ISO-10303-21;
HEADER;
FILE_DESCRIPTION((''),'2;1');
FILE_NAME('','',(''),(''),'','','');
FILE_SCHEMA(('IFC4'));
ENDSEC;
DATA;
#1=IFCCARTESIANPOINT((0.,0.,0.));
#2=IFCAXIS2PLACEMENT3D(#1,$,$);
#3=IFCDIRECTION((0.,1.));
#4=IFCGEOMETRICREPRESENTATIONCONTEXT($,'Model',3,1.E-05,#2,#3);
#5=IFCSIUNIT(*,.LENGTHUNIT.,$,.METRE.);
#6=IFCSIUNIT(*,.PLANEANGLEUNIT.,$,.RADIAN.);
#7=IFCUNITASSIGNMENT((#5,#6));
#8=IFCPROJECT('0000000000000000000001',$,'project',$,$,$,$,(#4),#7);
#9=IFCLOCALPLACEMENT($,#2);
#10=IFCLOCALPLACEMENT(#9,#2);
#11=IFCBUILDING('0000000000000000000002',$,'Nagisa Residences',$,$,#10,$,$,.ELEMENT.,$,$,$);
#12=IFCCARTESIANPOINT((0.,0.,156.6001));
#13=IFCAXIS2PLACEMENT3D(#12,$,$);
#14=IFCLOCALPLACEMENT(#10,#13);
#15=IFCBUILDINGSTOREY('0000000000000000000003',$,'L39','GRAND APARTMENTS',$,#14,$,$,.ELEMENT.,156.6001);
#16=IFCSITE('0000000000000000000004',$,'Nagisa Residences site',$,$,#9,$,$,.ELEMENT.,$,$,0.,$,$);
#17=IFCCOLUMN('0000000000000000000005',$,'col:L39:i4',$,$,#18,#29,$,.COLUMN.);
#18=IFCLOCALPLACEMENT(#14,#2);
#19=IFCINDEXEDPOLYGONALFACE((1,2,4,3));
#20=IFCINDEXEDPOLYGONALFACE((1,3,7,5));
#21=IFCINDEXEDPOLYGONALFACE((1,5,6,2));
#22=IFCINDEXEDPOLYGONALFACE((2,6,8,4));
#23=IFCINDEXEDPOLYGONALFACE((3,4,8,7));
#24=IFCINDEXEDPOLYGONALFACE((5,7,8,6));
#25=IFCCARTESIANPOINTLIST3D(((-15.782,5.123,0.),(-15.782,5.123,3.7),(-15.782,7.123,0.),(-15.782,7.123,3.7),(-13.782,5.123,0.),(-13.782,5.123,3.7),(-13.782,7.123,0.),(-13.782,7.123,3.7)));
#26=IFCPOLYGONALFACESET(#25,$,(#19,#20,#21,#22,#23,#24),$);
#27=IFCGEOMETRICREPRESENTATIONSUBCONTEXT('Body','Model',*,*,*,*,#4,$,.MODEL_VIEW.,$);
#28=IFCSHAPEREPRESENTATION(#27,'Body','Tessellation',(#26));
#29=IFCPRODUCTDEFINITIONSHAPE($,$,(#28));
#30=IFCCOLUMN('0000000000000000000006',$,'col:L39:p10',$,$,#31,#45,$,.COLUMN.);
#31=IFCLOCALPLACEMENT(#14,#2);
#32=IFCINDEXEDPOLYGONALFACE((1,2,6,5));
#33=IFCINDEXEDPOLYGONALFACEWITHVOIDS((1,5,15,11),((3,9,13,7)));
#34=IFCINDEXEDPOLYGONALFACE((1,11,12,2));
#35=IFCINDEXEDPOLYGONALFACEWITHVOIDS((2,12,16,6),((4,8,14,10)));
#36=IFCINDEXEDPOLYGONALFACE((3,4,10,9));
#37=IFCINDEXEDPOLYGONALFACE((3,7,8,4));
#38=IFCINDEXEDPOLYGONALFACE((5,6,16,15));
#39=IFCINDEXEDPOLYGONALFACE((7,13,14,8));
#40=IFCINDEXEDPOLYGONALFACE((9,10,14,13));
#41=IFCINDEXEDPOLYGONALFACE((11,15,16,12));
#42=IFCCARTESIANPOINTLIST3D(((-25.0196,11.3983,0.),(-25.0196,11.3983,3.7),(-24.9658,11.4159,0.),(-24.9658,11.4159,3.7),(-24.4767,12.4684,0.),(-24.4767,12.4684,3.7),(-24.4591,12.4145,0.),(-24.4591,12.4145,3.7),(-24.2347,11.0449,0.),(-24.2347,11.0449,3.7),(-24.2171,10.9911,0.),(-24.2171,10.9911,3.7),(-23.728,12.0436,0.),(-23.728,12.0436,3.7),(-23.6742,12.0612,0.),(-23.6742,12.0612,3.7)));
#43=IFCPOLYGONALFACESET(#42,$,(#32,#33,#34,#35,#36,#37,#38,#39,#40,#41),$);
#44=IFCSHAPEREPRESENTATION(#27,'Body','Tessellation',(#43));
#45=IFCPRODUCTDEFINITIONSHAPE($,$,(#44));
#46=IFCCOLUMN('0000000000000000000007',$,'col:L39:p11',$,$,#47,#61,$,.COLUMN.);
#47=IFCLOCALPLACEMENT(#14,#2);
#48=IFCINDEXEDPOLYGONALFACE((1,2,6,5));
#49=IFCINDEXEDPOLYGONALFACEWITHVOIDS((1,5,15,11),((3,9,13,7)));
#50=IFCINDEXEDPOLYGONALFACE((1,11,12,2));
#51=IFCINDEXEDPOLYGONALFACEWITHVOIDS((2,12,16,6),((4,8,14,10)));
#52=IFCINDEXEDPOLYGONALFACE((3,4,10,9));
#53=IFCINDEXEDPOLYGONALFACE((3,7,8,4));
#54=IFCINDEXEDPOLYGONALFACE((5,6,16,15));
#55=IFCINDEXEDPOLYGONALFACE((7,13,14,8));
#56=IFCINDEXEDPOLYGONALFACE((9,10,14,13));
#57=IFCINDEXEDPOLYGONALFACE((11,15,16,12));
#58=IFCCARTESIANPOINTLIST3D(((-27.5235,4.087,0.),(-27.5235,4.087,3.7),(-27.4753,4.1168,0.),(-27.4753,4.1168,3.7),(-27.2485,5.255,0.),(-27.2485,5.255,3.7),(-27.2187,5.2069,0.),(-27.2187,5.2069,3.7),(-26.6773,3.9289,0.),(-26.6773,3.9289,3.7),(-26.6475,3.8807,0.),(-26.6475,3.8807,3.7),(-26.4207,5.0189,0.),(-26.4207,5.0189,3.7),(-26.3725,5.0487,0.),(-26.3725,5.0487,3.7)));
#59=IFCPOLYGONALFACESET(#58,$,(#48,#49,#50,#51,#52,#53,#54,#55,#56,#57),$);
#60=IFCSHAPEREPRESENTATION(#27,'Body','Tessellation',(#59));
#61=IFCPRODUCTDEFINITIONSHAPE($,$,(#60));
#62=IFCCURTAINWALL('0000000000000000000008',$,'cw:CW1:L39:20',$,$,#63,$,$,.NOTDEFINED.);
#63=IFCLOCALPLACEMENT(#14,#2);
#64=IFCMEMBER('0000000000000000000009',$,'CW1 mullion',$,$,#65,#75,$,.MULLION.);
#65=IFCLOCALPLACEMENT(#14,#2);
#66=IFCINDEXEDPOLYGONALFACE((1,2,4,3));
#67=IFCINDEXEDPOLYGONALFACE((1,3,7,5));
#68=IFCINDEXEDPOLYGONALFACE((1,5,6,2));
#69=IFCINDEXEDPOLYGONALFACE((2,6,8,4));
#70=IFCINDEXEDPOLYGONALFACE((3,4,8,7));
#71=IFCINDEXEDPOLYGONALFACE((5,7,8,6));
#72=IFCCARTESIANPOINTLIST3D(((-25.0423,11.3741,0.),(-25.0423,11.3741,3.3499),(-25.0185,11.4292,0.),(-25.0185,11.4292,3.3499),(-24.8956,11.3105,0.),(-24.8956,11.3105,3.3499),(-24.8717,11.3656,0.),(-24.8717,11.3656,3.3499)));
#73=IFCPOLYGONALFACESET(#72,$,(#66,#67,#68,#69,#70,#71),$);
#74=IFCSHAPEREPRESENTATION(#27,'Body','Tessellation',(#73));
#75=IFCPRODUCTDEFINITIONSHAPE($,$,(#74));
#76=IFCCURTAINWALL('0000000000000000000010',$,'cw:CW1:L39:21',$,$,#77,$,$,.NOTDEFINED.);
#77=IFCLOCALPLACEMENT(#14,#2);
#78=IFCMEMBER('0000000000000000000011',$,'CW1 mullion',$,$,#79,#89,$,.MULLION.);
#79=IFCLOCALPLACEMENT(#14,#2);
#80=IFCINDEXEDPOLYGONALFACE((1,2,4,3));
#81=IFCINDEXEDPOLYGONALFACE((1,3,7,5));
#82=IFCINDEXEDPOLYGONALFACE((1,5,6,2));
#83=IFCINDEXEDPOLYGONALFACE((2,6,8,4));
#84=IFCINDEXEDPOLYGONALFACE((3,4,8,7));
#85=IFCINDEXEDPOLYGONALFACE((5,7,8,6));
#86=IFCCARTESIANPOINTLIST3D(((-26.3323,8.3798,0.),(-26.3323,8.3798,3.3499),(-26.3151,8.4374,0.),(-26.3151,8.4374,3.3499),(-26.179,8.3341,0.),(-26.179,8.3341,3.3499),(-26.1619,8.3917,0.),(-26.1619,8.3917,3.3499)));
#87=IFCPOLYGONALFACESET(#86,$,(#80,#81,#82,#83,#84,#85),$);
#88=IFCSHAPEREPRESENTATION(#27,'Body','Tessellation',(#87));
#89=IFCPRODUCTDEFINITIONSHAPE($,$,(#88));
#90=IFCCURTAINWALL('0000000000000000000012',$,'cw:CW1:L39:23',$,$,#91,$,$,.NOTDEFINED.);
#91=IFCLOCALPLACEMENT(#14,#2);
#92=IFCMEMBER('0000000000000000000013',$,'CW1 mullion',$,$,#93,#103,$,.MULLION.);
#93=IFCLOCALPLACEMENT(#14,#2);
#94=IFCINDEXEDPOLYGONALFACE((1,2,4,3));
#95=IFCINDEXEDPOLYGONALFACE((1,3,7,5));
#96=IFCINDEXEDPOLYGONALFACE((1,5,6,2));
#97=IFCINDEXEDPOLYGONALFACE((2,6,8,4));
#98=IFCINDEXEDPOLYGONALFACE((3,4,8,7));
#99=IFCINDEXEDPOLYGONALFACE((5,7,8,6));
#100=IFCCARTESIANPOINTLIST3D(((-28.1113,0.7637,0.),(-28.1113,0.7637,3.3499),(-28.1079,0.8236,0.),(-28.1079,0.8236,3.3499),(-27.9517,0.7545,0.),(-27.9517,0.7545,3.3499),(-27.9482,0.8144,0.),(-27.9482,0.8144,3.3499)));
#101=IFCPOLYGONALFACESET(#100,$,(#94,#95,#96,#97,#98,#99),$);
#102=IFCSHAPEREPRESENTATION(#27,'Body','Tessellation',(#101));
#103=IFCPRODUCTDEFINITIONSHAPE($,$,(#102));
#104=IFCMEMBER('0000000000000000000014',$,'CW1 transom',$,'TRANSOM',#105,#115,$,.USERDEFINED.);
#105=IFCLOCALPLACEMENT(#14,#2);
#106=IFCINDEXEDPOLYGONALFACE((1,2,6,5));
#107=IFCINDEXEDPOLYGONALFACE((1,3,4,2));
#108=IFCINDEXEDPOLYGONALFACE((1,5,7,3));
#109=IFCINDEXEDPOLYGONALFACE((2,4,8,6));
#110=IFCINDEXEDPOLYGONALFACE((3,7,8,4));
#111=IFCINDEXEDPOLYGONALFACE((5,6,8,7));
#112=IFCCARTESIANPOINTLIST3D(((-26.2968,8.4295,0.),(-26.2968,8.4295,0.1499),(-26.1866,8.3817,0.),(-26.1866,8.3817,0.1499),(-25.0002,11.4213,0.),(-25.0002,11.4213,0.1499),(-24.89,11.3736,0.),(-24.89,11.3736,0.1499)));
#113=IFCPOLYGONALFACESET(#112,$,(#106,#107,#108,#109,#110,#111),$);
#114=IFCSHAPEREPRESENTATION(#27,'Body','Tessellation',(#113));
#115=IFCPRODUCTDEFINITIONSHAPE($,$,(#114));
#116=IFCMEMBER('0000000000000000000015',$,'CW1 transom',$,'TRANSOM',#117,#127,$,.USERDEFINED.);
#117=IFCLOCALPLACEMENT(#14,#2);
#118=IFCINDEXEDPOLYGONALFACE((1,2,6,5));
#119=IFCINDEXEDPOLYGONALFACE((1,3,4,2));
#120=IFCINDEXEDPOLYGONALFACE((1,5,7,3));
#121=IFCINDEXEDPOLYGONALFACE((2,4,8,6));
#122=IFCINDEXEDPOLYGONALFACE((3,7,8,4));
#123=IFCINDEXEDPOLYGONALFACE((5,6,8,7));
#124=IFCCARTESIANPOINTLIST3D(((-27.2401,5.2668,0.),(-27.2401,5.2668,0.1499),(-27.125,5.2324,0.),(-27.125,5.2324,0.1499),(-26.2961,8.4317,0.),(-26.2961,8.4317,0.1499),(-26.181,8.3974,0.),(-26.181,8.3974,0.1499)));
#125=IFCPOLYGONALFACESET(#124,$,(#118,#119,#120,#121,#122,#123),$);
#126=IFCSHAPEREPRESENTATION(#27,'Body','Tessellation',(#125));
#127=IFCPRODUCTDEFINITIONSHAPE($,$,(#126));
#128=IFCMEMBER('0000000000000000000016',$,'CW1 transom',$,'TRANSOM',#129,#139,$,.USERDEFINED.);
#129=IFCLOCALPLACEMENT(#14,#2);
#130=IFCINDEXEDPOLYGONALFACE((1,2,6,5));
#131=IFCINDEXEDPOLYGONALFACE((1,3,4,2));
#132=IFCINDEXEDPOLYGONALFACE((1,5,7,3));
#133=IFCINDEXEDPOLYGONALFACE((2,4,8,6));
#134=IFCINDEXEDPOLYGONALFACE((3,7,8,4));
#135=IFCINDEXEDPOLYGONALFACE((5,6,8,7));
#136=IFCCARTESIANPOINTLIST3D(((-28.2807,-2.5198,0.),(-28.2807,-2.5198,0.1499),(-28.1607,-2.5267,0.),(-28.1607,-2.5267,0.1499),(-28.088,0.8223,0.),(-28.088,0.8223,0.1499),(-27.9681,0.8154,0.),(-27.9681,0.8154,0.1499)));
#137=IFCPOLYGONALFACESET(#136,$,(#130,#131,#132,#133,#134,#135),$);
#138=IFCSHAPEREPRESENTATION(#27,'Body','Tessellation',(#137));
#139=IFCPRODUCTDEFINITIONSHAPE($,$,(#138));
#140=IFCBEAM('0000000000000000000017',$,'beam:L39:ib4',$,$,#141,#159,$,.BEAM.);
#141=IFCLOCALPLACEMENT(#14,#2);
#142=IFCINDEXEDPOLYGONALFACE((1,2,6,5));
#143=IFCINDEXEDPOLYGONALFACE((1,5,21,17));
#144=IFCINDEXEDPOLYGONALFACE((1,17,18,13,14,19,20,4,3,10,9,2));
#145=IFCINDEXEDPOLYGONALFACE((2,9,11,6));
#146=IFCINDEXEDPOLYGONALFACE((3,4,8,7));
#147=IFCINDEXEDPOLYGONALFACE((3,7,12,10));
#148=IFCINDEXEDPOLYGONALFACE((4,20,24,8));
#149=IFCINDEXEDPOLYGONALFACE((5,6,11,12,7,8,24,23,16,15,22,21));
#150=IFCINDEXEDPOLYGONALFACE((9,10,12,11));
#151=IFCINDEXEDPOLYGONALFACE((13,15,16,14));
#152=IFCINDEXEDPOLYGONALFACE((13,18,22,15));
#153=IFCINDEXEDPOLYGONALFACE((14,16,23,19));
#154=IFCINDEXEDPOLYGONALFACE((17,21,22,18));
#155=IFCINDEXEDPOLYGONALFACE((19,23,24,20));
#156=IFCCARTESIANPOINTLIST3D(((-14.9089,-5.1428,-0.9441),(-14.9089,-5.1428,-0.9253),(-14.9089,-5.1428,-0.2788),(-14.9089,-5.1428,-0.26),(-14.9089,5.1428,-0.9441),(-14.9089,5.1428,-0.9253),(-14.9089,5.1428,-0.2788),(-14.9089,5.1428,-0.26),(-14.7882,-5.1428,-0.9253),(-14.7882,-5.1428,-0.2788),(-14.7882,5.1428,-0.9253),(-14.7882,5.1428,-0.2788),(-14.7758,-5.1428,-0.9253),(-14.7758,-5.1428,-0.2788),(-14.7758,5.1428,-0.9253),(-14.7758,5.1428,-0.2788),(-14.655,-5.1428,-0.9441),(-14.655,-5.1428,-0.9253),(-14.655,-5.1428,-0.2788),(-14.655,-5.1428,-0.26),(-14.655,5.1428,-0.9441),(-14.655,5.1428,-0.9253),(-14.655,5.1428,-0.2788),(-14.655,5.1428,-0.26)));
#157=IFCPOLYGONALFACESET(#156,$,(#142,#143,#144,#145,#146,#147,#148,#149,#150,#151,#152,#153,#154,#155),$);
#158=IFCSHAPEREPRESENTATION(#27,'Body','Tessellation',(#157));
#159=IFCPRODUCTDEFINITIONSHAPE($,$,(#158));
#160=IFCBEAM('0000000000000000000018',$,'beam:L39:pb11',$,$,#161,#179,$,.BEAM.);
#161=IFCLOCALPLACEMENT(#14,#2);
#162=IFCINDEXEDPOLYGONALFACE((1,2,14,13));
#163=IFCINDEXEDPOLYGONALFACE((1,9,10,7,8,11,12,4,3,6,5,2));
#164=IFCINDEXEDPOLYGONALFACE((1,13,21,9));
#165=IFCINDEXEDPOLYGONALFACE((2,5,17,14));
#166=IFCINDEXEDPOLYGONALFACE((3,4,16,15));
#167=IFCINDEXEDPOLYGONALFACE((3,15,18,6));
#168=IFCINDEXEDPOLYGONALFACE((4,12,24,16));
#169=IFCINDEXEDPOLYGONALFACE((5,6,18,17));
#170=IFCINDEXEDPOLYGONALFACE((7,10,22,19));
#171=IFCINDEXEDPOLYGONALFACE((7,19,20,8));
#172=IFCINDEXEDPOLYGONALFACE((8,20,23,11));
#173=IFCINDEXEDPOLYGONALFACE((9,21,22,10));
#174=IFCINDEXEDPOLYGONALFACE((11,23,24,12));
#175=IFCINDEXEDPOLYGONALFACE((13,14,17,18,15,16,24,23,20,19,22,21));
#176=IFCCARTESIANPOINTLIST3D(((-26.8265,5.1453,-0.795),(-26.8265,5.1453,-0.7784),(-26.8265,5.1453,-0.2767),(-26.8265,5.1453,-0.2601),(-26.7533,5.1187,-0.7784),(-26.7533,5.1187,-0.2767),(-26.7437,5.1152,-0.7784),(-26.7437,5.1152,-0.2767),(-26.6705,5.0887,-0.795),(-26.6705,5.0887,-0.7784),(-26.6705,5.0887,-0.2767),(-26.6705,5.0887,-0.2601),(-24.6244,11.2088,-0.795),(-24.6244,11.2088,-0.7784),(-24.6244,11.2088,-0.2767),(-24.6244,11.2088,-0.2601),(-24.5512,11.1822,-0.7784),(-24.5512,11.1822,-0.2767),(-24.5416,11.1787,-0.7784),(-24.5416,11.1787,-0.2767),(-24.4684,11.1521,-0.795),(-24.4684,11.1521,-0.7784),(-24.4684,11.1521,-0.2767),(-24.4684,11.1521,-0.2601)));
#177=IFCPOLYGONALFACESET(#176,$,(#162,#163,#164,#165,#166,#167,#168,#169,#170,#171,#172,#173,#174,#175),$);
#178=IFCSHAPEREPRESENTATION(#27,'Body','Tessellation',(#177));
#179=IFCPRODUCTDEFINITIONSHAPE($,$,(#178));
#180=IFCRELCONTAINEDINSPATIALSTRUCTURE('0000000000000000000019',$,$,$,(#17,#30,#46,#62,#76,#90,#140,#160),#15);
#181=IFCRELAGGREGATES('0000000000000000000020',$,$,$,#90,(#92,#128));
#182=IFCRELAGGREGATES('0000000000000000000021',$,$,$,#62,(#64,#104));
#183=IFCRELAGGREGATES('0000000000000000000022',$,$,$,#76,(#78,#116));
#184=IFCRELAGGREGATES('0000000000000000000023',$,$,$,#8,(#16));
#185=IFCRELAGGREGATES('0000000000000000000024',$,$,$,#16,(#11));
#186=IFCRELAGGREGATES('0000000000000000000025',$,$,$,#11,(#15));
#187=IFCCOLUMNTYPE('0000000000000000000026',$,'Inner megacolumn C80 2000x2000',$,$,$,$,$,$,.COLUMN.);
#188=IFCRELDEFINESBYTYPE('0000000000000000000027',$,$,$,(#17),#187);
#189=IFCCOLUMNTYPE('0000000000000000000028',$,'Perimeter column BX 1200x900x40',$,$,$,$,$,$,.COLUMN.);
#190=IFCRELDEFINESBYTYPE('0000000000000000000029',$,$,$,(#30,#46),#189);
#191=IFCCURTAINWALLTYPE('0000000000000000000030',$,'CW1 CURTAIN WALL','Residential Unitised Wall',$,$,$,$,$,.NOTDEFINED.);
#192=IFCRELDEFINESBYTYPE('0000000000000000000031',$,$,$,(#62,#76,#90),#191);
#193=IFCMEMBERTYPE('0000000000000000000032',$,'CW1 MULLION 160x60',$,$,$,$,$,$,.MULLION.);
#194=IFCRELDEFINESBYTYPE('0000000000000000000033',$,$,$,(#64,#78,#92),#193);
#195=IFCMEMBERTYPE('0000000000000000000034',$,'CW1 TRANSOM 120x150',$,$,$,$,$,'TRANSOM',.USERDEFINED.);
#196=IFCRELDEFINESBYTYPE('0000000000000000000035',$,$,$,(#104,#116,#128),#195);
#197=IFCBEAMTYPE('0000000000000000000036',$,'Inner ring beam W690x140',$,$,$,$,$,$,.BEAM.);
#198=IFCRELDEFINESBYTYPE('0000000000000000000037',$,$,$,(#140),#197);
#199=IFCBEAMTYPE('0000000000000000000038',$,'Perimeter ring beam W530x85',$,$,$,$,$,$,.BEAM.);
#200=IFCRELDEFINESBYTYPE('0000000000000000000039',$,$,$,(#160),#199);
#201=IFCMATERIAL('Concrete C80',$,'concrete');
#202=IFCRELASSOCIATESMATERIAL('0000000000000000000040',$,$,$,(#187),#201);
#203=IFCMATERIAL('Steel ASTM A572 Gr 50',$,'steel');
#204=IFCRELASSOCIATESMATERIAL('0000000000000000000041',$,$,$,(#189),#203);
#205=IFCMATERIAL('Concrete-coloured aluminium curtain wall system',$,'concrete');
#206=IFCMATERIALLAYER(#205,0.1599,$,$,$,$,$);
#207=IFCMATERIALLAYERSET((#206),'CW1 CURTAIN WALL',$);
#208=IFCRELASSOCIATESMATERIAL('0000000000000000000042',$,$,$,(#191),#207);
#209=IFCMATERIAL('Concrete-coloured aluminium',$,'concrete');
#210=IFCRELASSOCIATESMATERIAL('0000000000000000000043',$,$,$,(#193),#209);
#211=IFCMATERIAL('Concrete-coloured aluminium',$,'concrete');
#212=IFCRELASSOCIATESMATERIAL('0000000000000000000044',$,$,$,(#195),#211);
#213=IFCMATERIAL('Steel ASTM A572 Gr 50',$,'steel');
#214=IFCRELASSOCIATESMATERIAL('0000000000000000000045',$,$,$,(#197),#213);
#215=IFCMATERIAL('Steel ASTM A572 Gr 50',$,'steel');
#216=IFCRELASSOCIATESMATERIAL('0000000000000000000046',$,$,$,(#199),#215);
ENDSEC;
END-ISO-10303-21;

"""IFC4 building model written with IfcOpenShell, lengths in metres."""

from ifc_helpers import new_model, si_unit, direction, frame, origin, origin_2d, place, context, subcontext, project, spatial, rectangle, hollow_rectangle, i_section, extrude, material, layer, layer_set, material_profile, profile_set, type_object, element, aggregate, save


model = new_model("IFC4")

# Units and contexts
model_context = context("Model", 3, precision=1e-05, world=origin(), true_north=direction((0.0, 1.0)))
body_context = subcontext(model_context, "Body", "Model", "MODEL_VIEW")
ifc_project = project(units=[si_unit("LENGTHUNIT", "METRE"), si_unit("PLANEANGLEUNIT", "RADIAN")], contexts=[model_context])

# Site, building, storey
site_placement = place(None, origin())
site = spatial("IfcSite", under=ifc_project, at=site_placement, Name="Nagisa Residences site", CompositionType="ELEMENT", RefElevation=0.0)
building_placement = place(site_placement, origin())
building = spatial("IfcBuilding", under=site, at=building_placement, Name="Nagisa Residences", CompositionType="ELEMENT")
storey_placement = place(building_placement, frame((0.0, 0.0, 156.6001)))
storey = spatial("IfcBuildingStorey", under=building, at=storey_placement, Name="L39", Description="GRAND APARTMENTS", CompositionType="ELEMENT", Elevation=156.6001)

# Columns
ifc_material_1 = material(Name="Concrete C80", Category="concrete")
ifc_material_profile_1 = material_profile(ifc_material_1, rectangle(XDim=2.0, YDim=2.0, at=origin_2d()), Name="C80 2000x2000")
ifc_profile_set_1 = profile_set([ifc_material_profile_1], Name="Concrete C80")
column_type_1 = type_object("IfcColumnType", Name="Inner megacolumn C80 2000x2000", PredefinedType="COLUMN", material=ifc_profile_set_1)
column_placement = place(storey_placement, frame((-14.782, 6.123, 0.0), z_axis=(0.0, 0.0, 1.0), x_axis=(1.0, 0.0, 0.0)))
element("IfcColumn", 1, at=column_placement, inside=storey, type_object=column_type_1, Name="col:L39:i4", PredefinedType="COLUMN", context=body_context, shape_type="SweptSolid", body=[
    extrude(rectangle(XDim=2.0, YDim=2.0, at=origin_2d()), origin(), (0.0, 0.0, 1.0), 3.7),
])
ifc_material_2 = material(Name="Steel ASTM A572 Gr 50", Category="steel")
ifc_material_profile_2 = material_profile(ifc_material_2, hollow_rectangle(XDim=1.2, YDim=0.8999, WallThickness=0.04, at=origin_2d()), Name="BX 1200x900x40")
ifc_profile_set_2 = profile_set([ifc_material_profile_2], Name="Steel ASTM A572 Gr 50")
column_type_2 = type_object("IfcColumnType", Name="Perimeter column BX 1200x900x40", PredefinedType="COLUMN", material=ifc_profile_set_2)
for number, where, z_axis, x_axis, name in (
    (2, (-24.3469, 11.7297, 0.0), (0.0, 0.0, 1.0), (-0.452463, -0.891783, 0.0), "col:L39:p10"),
    (3, (-26.948, 4.5679, 0.0), (0.0, 0.0, 1.0), (-0.229202, -0.973379, 0.0), "col:L39:p11"),
):
    element("IfcColumn", number, at=place(storey_placement, frame(where, z_axis=z_axis, x_axis=x_axis)), inside=storey, type_object=column_type_2, Name=name, PredefinedType="COLUMN", context=body_context, shape_type="SweptSolid", body=[
        extrude(hollow_rectangle(XDim=1.2, YDim=0.8999, WallThickness=0.04, at=origin_2d()), origin(), (0.0, 0.0, 1.0), 3.7),
    ])

# Curtain walls, members
ifc_material_3 = material(Name="Concrete-coloured aluminium curtain wall system", Category="concrete")
ifc_layer_1 = layer(ifc_material_3, 0.1599)
ifc_layer_set_1 = layer_set([ifc_layer_1], Name="CW1 CURTAIN WALL")
curtain_wall_type = type_object("IfcCurtainWallType", Name="CW1 CURTAIN WALL", Description="Residential Unitised Wall", PredefinedType="NOTDEFINED", material=ifc_layer_set_1)
curtain_wall_1_placement = place(storey_placement, origin())
curtain_wall_1 = element("IfcCurtainWall", 4, at=curtain_wall_1_placement, inside=storey, type_object=curtain_wall_type, Name="cw:CW1:L39:20", PredefinedType="NOTDEFINED")
ifc_material_4 = material(Name="Concrete-coloured aluminium", Category="concrete")
ifc_material_profile_3 = material_profile(ifc_material_4, rectangle(XDim=0.1599, YDim=0.0601, at=origin_2d()), Name="CW1 MULLION 160x60")
ifc_profile_set_3 = profile_set([ifc_material_profile_3], Name="Concrete-coloured aluminium")
member_type_1 = type_object("IfcMemberType", Name="CW1 MULLION 160x60", PredefinedType="MULLION", material=ifc_profile_set_3)
member_1_placement = place(storey_placement, frame((-24.957, 11.3699, 0.0), z_axis=(0.0, 0.0, 1.0), x_axis=(0.917543, -0.397636, 0.0)))
member_1 = element("IfcMember", 5, at=member_1_placement, type_object=member_type_1, Name="CW1 mullion", PredefinedType="MULLION", context=body_context, shape_type="SweptSolid", body=[
    extrude(rectangle(XDim=0.1599, YDim=0.0601, at=origin_2d()), origin(), (0.0, 0.0, 1.0), 3.3499),
])
curtain_wall_2_placement = place(storey_placement, origin())
curtain_wall_2 = element("IfcCurtainWall", 6, at=curtain_wall_2_placement, inside=storey, type_object=curtain_wall_type, Name="cw:CW1:L39:21", PredefinedType="NOTDEFINED")
member_2_placement = place(storey_placement, frame((-26.2471, 8.3857, 0.0), z_axis=(0.0, 0.0, 1.0), x_axis=(0.958271, -0.28586, 0.0)))
member_2 = element("IfcMember", 7, at=member_2_placement, type_object=member_type_1, Name="CW1 mullion", PredefinedType="MULLION", context=body_context, shape_type="SweptSolid", body=[
    extrude(rectangle(XDim=0.1599, YDim=0.0601, at=origin_2d()), origin(), (0.0, 0.0, 1.0), 3.3499),
])
curtain_wall_3_placement = place(storey_placement, origin())
curtain_wall_3 = element("IfcCurtainWall", 8, at=curtain_wall_3_placement, inside=storey, type_object=curtain_wall_type, Name="cw:CW1:L39:23", PredefinedType="NOTDEFINED")
member_3_placement = place(storey_placement, frame((-28.0298, 0.7891, 0.0), z_axis=(0.0, 0.0, 1.0), x_axis=(0.998345, -0.057503, 0.0)))
member_3 = element("IfcMember", 9, at=member_3_placement, type_object=member_type_1, Name="CW1 mullion", PredefinedType="MULLION", context=body_context, shape_type="SweptSolid", body=[
    extrude(rectangle(XDim=0.1599, YDim=0.0601, at=origin_2d()), origin(), (0.0, 0.0, 1.0), 3.3499),
])

# Members
ifc_material_5 = material(Name="Concrete-coloured aluminium", Category="concrete")
ifc_material_profile_4 = material_profile(ifc_material_5, rectangle(XDim=0.1201, YDim=0.1499, at=origin_2d()), Name="CW1 TRANSOM 120x150")
ifc_profile_set_4 = profile_set([ifc_material_profile_4], Name="Concrete-coloured aluminium")
member_type_2 = type_object("IfcMemberType", Name="CW1 TRANSOM 120x150", ElementType="TRANSOM", PredefinedType="USERDEFINED", material=ifc_profile_set_4)
member_4_placement = place(storey_placement, frame((-24.9451, 11.3975, 0.075), z_axis=(-0.397639, -0.917542, 0.0), x_axis=(0.917542, -0.397639, 0.0)))
member_4 = element("IfcMember", 10, at=member_4_placement, type_object=member_type_2, Name="CW1 transom", ObjectType="TRANSOM", PredefinedType="USERDEFINED", context=body_context, shape_type="SweptSolid", body=[
    extrude(rectangle(XDim=0.1201, YDim=0.1499, at=origin_2d()), origin(), (0.0, 0.0, 1.0), 3.2607),
])
member_5_placement = place(storey_placement, frame((-26.2385, 8.4146, 0.075), z_axis=(-0.285842, -0.958277, 0.0), x_axis=(0.958277, -0.285842, 0.0)))
member_5 = element("IfcMember", 11, at=member_5_placement, type_object=member_type_2, Name="CW1 transom", ObjectType="TRANSOM", PredefinedType="USERDEFINED", context=body_context, shape_type="SweptSolid", body=[
    extrude(rectangle(XDim=0.1201, YDim=0.1499, at=origin_2d()), origin(), (0.0, 0.0, 1.0), 3.3027),
])
member_6_placement = place(storey_placement, frame((-28.0281, 0.8188, 0.075), z_axis=(-0.057542, -0.998343, 0.0), x_axis=(0.998343, -0.057542, 0.0)))
member_6 = element("IfcMember", 12, at=member_6_placement, type_object=member_type_2, Name="CW1 transom", ObjectType="TRANSOM", PredefinedType="USERDEFINED", context=body_context, shape_type="SweptSolid", body=[
    extrude(rectangle(XDim=0.1201, YDim=0.1499, at=origin_2d()), origin(), (0.0, 0.0, 1.0), 3.3477),
])
aggregate(curtain_wall_3, [member_3, member_6])

# Beams
ifc_material_6 = material(Name="Steel ASTM A572 Gr 50", Category="steel")
ifc_material_profile_5 = material_profile(ifc_material_6, i_section(OverallWidth=0.2539, OverallDepth=0.6841, WebThickness=0.0125, FlangeThickness=0.0188, at=origin_2d()), Name="W690x140")
ifc_profile_set_5 = profile_set([ifc_material_profile_5], Name="Steel ASTM A572 Gr 50")
beam_type_1 = type_object("IfcBeamType", Name="Inner ring beam W690x140", PredefinedType="BEAM", material=ifc_profile_set_5)
beam_1_placement = place(storey_placement, frame((-14.782, 5.1428, -0.6021), z_axis=(0.0, -1.0, 0.0), x_axis=(1.0, 0.0, 0.0)))
element("IfcBeam", 13, at=beam_1_placement, inside=storey, type_object=beam_type_1, Name="beam:L39:ib4", PredefinedType="BEAM", context=body_context, shape_type="SweptSolid", body=[
    extrude(i_section(OverallWidth=0.2539, OverallDepth=0.6841, WebThickness=0.0125, FlangeThickness=0.0188, at=origin_2d()), origin(), (0.0, 0.0, 1.0), 10.2856),
])
ifc_material_7 = material(Name="Steel ASTM A572 Gr 50", Category="steel")
ifc_material_profile_6 = material_profile(ifc_material_7, i_section(OverallWidth=0.166, OverallDepth=0.5349, WebThickness=0.0103, FlangeThickness=0.0166, at=origin_2d()), Name="W530x85")
ifc_profile_set_6 = profile_set([ifc_material_profile_6], Name="Steel ASTM A572 Gr 50")
beam_type_2 = type_object("IfcBeamType", Name="Perimeter ring beam W530x85", PredefinedType="BEAM", material=ifc_profile_set_6)
beam_2_placement = place(storey_placement, frame((-24.5464, 11.1804, -0.5276), z_axis=(-0.341366, -0.93993, 0.0), x_axis=(0.93993, -0.341366, 0.0)))
element("IfcBeam", 14, at=beam_2_placement, inside=storey, type_object=beam_type_2, Name="beam:L39:pb11", PredefinedType="BEAM", context=body_context, shape_type="SweptSolid", body=[
    extrude(i_section(OverallWidth=0.166, OverallDepth=0.5349, WebThickness=0.0103, FlangeThickness=0.0166, at=origin_2d()), origin(), (0.0, 0.0, 1.0), 6.4509),
])

aggregate(curtain_wall_1, [member_1, member_4])
aggregate(curtain_wall_2, [member_2, member_5])

save(model, "model.ifc")
